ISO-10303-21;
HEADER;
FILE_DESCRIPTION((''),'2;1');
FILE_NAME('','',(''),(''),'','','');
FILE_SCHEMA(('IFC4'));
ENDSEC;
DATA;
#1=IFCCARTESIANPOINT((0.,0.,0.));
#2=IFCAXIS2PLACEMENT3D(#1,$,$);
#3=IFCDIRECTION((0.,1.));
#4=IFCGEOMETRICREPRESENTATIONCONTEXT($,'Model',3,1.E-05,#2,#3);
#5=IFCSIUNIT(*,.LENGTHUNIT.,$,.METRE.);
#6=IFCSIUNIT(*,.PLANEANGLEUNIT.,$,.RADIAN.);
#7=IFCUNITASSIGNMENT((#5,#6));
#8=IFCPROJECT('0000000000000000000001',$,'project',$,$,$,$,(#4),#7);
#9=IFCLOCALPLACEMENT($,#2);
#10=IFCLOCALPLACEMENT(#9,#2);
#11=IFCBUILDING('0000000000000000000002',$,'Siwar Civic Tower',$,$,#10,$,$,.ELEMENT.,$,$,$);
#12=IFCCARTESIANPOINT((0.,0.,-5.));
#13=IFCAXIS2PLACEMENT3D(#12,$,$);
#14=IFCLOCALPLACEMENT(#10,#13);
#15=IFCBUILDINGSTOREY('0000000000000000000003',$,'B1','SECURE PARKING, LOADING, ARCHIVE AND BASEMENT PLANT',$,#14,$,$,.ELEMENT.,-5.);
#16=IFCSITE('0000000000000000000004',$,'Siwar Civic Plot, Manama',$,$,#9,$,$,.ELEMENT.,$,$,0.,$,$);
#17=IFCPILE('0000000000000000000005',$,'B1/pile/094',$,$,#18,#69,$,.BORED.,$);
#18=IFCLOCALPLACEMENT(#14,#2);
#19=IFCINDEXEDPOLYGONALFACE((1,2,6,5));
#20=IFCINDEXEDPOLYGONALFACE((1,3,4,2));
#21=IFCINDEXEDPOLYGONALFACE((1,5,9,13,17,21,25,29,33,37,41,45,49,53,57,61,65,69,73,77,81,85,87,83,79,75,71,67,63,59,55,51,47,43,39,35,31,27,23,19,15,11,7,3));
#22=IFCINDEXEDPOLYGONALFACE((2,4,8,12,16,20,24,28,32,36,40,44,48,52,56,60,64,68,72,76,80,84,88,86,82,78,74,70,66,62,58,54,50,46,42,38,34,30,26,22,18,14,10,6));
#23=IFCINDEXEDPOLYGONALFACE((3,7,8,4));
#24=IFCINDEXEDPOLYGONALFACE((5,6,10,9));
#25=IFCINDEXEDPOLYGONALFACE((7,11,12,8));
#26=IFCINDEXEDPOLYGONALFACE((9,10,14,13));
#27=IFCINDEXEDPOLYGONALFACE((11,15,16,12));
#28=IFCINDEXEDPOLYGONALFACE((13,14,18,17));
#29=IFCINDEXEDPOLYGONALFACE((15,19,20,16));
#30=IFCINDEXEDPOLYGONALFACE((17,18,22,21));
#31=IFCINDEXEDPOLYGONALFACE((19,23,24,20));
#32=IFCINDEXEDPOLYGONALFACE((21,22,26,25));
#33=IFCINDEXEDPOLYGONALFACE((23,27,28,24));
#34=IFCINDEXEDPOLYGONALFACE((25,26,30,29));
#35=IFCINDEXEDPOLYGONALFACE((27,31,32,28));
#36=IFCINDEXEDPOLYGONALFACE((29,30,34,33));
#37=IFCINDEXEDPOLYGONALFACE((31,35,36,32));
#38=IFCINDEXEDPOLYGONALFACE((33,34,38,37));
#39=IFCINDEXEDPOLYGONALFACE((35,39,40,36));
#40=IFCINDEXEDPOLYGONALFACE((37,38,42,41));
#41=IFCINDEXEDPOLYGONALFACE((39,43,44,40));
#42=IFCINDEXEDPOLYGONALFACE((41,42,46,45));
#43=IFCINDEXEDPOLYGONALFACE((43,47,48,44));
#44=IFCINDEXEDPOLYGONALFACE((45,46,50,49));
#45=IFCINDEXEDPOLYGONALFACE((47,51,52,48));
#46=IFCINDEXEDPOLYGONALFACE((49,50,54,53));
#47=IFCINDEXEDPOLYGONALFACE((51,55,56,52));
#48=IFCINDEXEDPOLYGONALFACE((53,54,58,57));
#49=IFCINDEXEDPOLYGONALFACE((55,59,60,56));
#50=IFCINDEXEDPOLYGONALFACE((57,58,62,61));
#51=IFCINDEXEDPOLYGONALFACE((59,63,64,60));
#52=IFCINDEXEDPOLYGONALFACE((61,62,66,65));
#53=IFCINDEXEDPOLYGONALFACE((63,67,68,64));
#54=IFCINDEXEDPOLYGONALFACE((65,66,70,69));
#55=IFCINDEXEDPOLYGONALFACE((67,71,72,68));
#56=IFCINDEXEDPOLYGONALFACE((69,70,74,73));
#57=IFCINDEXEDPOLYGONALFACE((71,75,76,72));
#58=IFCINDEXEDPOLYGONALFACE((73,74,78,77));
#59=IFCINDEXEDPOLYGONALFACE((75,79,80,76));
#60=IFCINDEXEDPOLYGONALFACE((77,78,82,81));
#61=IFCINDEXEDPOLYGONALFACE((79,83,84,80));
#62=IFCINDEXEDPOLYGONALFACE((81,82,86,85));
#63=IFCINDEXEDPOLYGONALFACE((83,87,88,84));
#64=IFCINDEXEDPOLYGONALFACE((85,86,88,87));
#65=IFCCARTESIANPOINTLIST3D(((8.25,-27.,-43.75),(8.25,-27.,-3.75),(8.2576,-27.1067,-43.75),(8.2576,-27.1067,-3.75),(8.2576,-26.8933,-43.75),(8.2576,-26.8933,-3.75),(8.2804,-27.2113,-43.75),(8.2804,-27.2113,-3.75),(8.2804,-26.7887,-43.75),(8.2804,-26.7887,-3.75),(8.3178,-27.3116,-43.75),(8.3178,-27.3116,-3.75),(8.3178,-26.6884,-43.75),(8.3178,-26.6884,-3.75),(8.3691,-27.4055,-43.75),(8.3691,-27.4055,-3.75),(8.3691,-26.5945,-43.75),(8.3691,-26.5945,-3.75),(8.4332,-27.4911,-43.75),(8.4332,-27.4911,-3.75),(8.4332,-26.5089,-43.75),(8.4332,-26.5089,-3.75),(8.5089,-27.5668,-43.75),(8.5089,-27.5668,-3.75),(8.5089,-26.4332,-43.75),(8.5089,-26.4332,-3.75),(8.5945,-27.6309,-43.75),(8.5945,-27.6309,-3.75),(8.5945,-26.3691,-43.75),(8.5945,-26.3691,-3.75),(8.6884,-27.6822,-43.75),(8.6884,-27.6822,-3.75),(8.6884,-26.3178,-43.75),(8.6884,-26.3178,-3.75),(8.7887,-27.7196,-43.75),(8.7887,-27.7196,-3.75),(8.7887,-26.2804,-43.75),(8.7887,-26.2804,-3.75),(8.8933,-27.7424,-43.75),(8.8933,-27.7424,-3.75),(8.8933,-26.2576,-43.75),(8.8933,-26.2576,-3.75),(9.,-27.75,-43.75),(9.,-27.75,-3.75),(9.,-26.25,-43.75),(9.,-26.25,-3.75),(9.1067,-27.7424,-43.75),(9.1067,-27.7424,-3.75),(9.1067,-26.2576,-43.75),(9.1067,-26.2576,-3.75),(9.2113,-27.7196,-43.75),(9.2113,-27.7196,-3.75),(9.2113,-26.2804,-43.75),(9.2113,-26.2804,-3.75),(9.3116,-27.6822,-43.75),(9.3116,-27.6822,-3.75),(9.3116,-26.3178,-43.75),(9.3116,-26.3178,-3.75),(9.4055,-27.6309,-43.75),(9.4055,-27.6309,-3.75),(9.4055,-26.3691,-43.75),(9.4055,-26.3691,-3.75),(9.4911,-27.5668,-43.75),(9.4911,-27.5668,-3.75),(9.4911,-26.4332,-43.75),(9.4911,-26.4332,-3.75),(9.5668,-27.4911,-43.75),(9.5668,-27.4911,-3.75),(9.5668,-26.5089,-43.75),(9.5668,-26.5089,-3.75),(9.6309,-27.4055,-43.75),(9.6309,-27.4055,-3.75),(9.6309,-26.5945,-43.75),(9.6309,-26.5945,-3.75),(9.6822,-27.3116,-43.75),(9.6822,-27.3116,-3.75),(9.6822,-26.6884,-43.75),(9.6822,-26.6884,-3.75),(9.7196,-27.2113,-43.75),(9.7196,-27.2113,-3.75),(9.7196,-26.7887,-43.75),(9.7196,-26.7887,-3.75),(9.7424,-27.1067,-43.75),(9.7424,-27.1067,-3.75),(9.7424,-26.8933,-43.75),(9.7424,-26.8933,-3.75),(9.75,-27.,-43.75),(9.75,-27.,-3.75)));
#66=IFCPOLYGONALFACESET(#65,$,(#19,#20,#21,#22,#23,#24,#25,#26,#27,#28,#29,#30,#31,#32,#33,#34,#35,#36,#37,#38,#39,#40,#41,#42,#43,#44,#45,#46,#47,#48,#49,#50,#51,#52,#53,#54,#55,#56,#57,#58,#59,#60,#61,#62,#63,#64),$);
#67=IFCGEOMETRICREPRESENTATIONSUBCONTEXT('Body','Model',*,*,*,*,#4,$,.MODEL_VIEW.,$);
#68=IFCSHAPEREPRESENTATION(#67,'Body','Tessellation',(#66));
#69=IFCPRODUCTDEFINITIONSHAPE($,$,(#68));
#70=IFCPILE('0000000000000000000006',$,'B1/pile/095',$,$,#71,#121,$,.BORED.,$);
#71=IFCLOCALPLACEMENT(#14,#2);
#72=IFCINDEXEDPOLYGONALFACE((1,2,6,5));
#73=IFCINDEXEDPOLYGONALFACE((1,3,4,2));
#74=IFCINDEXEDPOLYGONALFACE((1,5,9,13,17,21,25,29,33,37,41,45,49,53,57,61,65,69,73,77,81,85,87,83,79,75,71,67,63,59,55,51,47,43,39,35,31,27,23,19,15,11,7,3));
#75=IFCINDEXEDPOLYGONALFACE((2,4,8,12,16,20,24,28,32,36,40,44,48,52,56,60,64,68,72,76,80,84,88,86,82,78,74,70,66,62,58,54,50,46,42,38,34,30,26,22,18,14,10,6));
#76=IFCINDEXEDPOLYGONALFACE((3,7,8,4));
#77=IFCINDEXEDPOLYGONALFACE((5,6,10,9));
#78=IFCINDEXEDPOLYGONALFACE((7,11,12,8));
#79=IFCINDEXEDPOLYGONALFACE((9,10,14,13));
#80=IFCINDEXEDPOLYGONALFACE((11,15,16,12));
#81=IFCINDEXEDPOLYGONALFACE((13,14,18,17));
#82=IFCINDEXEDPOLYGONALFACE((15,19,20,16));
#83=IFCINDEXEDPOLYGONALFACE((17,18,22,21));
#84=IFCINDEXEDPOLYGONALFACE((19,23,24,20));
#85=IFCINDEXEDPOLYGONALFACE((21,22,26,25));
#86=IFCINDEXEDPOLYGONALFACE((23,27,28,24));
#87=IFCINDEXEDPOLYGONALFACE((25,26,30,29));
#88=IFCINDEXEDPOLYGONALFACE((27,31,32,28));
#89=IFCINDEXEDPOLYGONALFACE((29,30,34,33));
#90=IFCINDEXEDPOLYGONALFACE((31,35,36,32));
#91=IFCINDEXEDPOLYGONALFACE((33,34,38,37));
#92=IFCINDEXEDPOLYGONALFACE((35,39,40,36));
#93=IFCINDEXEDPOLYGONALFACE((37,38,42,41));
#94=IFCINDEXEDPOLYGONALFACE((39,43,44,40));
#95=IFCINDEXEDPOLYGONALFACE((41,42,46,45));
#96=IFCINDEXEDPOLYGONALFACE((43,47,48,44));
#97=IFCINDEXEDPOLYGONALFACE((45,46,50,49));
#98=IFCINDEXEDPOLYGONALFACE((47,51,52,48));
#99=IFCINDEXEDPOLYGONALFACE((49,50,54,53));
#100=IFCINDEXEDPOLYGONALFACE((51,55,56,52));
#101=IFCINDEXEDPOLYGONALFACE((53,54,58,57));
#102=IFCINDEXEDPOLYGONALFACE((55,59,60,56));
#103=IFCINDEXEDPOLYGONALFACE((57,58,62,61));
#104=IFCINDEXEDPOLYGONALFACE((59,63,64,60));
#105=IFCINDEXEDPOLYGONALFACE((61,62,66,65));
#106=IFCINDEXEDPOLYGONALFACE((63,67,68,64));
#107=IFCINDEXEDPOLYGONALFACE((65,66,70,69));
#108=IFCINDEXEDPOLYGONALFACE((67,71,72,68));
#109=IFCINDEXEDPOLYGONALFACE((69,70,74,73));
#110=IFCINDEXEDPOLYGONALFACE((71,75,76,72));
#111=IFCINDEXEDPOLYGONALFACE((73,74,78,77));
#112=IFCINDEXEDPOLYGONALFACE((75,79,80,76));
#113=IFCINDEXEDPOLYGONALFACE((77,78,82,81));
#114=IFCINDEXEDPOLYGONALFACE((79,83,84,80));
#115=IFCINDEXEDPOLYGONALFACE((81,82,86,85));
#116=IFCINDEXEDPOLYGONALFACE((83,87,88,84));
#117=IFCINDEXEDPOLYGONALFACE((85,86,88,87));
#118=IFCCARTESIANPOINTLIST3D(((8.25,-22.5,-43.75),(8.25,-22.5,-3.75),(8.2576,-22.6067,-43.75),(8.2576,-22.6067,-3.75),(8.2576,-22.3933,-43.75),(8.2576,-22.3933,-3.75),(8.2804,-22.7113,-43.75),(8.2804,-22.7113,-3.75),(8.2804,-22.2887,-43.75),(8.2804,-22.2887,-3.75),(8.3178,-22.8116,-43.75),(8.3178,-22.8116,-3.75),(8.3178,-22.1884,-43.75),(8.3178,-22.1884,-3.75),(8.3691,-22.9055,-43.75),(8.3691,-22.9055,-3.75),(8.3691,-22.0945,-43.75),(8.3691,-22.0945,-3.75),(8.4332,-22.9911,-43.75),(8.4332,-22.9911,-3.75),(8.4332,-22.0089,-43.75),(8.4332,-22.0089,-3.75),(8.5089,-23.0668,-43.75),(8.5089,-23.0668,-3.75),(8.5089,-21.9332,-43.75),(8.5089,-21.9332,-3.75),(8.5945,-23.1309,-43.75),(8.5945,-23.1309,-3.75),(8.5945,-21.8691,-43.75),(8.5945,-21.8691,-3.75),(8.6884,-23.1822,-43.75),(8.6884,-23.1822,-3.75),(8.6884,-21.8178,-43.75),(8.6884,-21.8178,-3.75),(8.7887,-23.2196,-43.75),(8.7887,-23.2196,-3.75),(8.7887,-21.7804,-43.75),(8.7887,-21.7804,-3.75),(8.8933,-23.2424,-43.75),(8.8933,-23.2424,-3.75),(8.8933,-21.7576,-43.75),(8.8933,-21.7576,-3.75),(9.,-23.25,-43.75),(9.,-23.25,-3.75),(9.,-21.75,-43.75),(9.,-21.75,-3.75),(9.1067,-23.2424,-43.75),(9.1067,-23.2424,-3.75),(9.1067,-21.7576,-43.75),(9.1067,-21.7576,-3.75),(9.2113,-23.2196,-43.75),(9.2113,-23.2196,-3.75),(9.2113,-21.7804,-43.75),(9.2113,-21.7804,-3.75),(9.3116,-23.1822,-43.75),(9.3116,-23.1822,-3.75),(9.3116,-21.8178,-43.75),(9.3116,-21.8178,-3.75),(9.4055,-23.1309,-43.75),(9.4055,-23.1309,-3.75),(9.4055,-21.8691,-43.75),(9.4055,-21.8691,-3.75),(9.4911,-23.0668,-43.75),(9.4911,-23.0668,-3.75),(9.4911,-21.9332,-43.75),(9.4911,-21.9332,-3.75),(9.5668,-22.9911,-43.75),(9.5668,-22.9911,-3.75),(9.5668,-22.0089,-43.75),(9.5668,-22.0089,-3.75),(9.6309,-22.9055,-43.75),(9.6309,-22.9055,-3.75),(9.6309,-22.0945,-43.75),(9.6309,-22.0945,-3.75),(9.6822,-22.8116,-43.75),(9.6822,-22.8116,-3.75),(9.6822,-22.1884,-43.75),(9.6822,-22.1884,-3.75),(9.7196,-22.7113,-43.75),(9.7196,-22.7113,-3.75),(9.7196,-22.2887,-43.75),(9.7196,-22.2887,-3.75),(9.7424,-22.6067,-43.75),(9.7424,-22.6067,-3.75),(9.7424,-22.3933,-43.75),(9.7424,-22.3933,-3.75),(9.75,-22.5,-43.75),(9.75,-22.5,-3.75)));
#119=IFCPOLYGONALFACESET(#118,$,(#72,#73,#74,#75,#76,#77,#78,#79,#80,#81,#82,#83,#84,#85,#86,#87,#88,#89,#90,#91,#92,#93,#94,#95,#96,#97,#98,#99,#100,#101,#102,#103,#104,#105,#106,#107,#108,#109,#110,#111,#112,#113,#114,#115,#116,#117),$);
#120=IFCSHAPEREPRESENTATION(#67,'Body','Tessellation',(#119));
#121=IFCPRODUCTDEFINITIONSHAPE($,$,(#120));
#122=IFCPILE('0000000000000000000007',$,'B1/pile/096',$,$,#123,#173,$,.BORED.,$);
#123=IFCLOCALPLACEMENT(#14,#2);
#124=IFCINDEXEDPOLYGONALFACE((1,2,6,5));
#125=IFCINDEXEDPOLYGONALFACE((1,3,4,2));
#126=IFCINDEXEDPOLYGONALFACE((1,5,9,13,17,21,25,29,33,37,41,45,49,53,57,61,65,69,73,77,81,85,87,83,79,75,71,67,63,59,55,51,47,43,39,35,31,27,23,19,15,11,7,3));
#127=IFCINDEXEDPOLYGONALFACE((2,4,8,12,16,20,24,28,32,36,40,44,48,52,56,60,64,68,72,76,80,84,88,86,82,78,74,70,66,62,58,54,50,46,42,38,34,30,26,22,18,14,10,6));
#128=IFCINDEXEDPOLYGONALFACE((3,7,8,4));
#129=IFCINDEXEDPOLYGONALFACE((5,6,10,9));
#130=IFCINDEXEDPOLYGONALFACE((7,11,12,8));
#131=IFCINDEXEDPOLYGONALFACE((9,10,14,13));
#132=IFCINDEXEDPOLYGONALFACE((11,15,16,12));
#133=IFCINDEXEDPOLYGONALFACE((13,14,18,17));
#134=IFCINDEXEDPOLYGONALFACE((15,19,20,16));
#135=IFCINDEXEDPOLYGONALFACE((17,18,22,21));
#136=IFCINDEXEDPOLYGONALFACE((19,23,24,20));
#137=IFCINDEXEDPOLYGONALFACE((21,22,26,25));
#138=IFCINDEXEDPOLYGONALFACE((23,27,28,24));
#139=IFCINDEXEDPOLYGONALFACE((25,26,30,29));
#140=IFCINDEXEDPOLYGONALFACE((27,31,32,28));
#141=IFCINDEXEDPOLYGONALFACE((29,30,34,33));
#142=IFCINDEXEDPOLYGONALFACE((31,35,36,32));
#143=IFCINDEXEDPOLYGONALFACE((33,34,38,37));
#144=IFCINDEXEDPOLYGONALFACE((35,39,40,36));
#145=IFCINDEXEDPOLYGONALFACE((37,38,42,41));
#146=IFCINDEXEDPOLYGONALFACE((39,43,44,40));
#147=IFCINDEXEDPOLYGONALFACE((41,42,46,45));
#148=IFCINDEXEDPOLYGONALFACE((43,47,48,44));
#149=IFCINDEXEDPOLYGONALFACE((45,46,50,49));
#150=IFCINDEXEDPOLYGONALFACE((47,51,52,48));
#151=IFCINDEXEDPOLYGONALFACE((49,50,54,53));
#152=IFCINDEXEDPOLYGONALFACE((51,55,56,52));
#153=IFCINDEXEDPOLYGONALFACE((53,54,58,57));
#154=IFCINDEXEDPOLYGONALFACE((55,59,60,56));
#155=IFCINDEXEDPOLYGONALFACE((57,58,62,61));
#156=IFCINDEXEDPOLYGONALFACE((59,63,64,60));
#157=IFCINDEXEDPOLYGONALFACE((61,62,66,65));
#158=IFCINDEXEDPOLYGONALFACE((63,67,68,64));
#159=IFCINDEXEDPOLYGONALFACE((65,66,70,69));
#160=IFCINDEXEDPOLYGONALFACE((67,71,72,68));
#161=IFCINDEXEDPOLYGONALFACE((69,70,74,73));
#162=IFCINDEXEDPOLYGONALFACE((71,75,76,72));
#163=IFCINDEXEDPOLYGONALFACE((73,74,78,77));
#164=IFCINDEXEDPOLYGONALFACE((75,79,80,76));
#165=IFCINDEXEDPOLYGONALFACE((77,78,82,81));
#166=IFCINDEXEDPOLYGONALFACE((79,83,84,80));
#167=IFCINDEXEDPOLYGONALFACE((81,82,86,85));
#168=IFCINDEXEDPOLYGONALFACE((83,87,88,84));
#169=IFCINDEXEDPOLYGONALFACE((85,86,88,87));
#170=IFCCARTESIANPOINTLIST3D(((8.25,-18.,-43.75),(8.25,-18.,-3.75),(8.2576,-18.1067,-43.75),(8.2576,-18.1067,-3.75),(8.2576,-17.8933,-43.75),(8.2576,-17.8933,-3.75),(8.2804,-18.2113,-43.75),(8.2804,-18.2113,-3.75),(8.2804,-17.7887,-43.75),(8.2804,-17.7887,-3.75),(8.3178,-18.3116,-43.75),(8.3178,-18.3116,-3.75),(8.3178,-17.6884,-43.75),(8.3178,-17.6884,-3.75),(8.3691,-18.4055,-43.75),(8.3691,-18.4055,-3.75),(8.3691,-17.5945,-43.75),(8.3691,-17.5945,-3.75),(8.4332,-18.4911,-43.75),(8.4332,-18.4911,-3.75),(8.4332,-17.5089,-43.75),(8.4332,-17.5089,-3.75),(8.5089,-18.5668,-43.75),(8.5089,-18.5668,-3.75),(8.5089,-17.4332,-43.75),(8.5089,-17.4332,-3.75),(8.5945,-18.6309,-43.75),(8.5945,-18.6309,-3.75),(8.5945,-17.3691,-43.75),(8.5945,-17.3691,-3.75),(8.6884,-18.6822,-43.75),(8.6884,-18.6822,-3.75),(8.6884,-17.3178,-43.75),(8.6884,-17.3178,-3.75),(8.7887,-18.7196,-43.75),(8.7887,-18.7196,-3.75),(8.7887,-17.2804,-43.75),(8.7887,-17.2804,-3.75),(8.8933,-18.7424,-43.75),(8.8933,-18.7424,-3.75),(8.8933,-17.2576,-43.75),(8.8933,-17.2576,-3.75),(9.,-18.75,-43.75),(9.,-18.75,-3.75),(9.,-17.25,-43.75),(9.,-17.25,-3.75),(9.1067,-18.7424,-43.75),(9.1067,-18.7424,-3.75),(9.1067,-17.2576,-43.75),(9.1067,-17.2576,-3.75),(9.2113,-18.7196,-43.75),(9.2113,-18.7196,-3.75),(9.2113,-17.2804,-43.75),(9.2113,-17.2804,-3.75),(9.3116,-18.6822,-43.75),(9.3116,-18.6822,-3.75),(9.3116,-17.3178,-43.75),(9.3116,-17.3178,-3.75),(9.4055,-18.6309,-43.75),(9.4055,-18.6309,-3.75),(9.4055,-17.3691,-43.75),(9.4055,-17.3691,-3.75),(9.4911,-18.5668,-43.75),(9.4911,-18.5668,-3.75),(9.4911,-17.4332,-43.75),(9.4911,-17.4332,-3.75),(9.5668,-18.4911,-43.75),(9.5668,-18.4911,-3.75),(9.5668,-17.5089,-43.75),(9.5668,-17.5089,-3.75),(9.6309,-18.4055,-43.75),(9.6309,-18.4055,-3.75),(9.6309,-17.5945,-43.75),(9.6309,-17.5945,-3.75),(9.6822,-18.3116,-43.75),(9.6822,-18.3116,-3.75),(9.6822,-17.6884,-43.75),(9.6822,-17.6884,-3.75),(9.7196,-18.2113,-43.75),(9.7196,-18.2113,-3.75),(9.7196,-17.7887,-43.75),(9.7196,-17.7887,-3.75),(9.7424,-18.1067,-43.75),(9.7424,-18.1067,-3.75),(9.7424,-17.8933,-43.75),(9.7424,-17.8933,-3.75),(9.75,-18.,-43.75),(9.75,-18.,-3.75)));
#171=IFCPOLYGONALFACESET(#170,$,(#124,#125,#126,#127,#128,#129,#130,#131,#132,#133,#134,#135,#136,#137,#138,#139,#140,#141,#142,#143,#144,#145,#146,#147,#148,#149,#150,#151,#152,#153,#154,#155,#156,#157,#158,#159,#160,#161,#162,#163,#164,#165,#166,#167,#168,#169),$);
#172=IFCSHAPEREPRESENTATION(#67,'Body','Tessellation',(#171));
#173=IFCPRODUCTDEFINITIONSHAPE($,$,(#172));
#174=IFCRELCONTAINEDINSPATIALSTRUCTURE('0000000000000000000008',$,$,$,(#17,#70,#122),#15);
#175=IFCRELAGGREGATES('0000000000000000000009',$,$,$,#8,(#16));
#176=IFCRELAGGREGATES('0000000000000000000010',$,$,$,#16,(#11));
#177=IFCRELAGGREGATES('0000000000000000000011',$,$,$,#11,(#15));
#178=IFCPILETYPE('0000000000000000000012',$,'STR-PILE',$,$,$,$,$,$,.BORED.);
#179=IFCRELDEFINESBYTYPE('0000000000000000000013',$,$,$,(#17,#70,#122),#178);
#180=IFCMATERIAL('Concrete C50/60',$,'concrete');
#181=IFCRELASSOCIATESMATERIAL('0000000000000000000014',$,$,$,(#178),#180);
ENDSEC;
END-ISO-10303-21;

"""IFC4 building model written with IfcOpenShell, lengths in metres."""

from ifc_helpers import new_model, si_unit, direction, frame, origin, origin_2d, place, context, subcontext, project, spatial, circle, extrude, material, material_profile, profile_set, type_object, element, save


model = new_model("IFC4")

# Units and contexts
model_context = context("Model", 3, precision=1e-05, world=origin(), true_north=direction((0.0, 1.0)))
body_context = subcontext(model_context, "Body", "Model", "MODEL_VIEW")
ifc_project = project(units=[si_unit("LENGTHUNIT", "METRE"), si_unit("PLANEANGLEUNIT", "RADIAN")], contexts=[model_context])

# Site, building, storey
site_placement = place(None, origin())
site = spatial("IfcSite", under=ifc_project, at=site_placement, Name="Siwar Civic Plot, Manama", CompositionType="ELEMENT", RefElevation=0.0)
building_placement = place(site_placement, origin())
building = spatial("IfcBuilding", under=site, at=building_placement, Name="Siwar Civic Tower", CompositionType="ELEMENT")
storey_placement = place(building_placement, frame((0.0, 0.0, -5.0)))
storey = spatial("IfcBuildingStorey", under=building, at=storey_placement, Name="B1", Description="SECURE PARKING, LOADING, ARCHIVE AND BASEMENT PLANT", CompositionType="ELEMENT", Elevation=-5.0)

# Piles
ifc_material_1 = material(Name="Concrete C50/60", Category="concrete")
ifc_material_profile_1 = material_profile(ifc_material_1, circle(Radius=0.75, at=origin_2d()), Name="PILE1500")
ifc_profile_set_1 = profile_set([ifc_material_profile_1], Name="Concrete C50/60")
pile_type = type_object("IfcPileType", Name="STR-PILE", PredefinedType="BORED", material=ifc_profile_set_1)
for number, where, z_axis, x_axis, name in (
    (1, (9.0, -27.0, -3.75), (0.0, 0.0, -1.0), (1.0, 0.0, 0.0), "B1/pile/094"),
    (2, (9.0, -22.5, -3.75), (0.0, 0.0, -1.0), (1.0, 0.0, 0.0), "B1/pile/095"),
    (3, (9.0, -18.0, -3.75), (0.0, 0.0, -1.0), (1.0, 0.0, 0.0), "B1/pile/096"),
):
    element("IfcPile", number, at=place(storey_placement, frame(where, z_axis=z_axis, x_axis=x_axis)), inside=storey, type_object=pile_type, Name=name, PredefinedType="BORED", context=body_context, shape_type="SweptSolid", body=[
        extrude(circle(Radius=0.75, at=origin_2d()), origin(), (0.0, 0.0, 1.0), 40.0),
    ])

save(model, "model.ifc")
